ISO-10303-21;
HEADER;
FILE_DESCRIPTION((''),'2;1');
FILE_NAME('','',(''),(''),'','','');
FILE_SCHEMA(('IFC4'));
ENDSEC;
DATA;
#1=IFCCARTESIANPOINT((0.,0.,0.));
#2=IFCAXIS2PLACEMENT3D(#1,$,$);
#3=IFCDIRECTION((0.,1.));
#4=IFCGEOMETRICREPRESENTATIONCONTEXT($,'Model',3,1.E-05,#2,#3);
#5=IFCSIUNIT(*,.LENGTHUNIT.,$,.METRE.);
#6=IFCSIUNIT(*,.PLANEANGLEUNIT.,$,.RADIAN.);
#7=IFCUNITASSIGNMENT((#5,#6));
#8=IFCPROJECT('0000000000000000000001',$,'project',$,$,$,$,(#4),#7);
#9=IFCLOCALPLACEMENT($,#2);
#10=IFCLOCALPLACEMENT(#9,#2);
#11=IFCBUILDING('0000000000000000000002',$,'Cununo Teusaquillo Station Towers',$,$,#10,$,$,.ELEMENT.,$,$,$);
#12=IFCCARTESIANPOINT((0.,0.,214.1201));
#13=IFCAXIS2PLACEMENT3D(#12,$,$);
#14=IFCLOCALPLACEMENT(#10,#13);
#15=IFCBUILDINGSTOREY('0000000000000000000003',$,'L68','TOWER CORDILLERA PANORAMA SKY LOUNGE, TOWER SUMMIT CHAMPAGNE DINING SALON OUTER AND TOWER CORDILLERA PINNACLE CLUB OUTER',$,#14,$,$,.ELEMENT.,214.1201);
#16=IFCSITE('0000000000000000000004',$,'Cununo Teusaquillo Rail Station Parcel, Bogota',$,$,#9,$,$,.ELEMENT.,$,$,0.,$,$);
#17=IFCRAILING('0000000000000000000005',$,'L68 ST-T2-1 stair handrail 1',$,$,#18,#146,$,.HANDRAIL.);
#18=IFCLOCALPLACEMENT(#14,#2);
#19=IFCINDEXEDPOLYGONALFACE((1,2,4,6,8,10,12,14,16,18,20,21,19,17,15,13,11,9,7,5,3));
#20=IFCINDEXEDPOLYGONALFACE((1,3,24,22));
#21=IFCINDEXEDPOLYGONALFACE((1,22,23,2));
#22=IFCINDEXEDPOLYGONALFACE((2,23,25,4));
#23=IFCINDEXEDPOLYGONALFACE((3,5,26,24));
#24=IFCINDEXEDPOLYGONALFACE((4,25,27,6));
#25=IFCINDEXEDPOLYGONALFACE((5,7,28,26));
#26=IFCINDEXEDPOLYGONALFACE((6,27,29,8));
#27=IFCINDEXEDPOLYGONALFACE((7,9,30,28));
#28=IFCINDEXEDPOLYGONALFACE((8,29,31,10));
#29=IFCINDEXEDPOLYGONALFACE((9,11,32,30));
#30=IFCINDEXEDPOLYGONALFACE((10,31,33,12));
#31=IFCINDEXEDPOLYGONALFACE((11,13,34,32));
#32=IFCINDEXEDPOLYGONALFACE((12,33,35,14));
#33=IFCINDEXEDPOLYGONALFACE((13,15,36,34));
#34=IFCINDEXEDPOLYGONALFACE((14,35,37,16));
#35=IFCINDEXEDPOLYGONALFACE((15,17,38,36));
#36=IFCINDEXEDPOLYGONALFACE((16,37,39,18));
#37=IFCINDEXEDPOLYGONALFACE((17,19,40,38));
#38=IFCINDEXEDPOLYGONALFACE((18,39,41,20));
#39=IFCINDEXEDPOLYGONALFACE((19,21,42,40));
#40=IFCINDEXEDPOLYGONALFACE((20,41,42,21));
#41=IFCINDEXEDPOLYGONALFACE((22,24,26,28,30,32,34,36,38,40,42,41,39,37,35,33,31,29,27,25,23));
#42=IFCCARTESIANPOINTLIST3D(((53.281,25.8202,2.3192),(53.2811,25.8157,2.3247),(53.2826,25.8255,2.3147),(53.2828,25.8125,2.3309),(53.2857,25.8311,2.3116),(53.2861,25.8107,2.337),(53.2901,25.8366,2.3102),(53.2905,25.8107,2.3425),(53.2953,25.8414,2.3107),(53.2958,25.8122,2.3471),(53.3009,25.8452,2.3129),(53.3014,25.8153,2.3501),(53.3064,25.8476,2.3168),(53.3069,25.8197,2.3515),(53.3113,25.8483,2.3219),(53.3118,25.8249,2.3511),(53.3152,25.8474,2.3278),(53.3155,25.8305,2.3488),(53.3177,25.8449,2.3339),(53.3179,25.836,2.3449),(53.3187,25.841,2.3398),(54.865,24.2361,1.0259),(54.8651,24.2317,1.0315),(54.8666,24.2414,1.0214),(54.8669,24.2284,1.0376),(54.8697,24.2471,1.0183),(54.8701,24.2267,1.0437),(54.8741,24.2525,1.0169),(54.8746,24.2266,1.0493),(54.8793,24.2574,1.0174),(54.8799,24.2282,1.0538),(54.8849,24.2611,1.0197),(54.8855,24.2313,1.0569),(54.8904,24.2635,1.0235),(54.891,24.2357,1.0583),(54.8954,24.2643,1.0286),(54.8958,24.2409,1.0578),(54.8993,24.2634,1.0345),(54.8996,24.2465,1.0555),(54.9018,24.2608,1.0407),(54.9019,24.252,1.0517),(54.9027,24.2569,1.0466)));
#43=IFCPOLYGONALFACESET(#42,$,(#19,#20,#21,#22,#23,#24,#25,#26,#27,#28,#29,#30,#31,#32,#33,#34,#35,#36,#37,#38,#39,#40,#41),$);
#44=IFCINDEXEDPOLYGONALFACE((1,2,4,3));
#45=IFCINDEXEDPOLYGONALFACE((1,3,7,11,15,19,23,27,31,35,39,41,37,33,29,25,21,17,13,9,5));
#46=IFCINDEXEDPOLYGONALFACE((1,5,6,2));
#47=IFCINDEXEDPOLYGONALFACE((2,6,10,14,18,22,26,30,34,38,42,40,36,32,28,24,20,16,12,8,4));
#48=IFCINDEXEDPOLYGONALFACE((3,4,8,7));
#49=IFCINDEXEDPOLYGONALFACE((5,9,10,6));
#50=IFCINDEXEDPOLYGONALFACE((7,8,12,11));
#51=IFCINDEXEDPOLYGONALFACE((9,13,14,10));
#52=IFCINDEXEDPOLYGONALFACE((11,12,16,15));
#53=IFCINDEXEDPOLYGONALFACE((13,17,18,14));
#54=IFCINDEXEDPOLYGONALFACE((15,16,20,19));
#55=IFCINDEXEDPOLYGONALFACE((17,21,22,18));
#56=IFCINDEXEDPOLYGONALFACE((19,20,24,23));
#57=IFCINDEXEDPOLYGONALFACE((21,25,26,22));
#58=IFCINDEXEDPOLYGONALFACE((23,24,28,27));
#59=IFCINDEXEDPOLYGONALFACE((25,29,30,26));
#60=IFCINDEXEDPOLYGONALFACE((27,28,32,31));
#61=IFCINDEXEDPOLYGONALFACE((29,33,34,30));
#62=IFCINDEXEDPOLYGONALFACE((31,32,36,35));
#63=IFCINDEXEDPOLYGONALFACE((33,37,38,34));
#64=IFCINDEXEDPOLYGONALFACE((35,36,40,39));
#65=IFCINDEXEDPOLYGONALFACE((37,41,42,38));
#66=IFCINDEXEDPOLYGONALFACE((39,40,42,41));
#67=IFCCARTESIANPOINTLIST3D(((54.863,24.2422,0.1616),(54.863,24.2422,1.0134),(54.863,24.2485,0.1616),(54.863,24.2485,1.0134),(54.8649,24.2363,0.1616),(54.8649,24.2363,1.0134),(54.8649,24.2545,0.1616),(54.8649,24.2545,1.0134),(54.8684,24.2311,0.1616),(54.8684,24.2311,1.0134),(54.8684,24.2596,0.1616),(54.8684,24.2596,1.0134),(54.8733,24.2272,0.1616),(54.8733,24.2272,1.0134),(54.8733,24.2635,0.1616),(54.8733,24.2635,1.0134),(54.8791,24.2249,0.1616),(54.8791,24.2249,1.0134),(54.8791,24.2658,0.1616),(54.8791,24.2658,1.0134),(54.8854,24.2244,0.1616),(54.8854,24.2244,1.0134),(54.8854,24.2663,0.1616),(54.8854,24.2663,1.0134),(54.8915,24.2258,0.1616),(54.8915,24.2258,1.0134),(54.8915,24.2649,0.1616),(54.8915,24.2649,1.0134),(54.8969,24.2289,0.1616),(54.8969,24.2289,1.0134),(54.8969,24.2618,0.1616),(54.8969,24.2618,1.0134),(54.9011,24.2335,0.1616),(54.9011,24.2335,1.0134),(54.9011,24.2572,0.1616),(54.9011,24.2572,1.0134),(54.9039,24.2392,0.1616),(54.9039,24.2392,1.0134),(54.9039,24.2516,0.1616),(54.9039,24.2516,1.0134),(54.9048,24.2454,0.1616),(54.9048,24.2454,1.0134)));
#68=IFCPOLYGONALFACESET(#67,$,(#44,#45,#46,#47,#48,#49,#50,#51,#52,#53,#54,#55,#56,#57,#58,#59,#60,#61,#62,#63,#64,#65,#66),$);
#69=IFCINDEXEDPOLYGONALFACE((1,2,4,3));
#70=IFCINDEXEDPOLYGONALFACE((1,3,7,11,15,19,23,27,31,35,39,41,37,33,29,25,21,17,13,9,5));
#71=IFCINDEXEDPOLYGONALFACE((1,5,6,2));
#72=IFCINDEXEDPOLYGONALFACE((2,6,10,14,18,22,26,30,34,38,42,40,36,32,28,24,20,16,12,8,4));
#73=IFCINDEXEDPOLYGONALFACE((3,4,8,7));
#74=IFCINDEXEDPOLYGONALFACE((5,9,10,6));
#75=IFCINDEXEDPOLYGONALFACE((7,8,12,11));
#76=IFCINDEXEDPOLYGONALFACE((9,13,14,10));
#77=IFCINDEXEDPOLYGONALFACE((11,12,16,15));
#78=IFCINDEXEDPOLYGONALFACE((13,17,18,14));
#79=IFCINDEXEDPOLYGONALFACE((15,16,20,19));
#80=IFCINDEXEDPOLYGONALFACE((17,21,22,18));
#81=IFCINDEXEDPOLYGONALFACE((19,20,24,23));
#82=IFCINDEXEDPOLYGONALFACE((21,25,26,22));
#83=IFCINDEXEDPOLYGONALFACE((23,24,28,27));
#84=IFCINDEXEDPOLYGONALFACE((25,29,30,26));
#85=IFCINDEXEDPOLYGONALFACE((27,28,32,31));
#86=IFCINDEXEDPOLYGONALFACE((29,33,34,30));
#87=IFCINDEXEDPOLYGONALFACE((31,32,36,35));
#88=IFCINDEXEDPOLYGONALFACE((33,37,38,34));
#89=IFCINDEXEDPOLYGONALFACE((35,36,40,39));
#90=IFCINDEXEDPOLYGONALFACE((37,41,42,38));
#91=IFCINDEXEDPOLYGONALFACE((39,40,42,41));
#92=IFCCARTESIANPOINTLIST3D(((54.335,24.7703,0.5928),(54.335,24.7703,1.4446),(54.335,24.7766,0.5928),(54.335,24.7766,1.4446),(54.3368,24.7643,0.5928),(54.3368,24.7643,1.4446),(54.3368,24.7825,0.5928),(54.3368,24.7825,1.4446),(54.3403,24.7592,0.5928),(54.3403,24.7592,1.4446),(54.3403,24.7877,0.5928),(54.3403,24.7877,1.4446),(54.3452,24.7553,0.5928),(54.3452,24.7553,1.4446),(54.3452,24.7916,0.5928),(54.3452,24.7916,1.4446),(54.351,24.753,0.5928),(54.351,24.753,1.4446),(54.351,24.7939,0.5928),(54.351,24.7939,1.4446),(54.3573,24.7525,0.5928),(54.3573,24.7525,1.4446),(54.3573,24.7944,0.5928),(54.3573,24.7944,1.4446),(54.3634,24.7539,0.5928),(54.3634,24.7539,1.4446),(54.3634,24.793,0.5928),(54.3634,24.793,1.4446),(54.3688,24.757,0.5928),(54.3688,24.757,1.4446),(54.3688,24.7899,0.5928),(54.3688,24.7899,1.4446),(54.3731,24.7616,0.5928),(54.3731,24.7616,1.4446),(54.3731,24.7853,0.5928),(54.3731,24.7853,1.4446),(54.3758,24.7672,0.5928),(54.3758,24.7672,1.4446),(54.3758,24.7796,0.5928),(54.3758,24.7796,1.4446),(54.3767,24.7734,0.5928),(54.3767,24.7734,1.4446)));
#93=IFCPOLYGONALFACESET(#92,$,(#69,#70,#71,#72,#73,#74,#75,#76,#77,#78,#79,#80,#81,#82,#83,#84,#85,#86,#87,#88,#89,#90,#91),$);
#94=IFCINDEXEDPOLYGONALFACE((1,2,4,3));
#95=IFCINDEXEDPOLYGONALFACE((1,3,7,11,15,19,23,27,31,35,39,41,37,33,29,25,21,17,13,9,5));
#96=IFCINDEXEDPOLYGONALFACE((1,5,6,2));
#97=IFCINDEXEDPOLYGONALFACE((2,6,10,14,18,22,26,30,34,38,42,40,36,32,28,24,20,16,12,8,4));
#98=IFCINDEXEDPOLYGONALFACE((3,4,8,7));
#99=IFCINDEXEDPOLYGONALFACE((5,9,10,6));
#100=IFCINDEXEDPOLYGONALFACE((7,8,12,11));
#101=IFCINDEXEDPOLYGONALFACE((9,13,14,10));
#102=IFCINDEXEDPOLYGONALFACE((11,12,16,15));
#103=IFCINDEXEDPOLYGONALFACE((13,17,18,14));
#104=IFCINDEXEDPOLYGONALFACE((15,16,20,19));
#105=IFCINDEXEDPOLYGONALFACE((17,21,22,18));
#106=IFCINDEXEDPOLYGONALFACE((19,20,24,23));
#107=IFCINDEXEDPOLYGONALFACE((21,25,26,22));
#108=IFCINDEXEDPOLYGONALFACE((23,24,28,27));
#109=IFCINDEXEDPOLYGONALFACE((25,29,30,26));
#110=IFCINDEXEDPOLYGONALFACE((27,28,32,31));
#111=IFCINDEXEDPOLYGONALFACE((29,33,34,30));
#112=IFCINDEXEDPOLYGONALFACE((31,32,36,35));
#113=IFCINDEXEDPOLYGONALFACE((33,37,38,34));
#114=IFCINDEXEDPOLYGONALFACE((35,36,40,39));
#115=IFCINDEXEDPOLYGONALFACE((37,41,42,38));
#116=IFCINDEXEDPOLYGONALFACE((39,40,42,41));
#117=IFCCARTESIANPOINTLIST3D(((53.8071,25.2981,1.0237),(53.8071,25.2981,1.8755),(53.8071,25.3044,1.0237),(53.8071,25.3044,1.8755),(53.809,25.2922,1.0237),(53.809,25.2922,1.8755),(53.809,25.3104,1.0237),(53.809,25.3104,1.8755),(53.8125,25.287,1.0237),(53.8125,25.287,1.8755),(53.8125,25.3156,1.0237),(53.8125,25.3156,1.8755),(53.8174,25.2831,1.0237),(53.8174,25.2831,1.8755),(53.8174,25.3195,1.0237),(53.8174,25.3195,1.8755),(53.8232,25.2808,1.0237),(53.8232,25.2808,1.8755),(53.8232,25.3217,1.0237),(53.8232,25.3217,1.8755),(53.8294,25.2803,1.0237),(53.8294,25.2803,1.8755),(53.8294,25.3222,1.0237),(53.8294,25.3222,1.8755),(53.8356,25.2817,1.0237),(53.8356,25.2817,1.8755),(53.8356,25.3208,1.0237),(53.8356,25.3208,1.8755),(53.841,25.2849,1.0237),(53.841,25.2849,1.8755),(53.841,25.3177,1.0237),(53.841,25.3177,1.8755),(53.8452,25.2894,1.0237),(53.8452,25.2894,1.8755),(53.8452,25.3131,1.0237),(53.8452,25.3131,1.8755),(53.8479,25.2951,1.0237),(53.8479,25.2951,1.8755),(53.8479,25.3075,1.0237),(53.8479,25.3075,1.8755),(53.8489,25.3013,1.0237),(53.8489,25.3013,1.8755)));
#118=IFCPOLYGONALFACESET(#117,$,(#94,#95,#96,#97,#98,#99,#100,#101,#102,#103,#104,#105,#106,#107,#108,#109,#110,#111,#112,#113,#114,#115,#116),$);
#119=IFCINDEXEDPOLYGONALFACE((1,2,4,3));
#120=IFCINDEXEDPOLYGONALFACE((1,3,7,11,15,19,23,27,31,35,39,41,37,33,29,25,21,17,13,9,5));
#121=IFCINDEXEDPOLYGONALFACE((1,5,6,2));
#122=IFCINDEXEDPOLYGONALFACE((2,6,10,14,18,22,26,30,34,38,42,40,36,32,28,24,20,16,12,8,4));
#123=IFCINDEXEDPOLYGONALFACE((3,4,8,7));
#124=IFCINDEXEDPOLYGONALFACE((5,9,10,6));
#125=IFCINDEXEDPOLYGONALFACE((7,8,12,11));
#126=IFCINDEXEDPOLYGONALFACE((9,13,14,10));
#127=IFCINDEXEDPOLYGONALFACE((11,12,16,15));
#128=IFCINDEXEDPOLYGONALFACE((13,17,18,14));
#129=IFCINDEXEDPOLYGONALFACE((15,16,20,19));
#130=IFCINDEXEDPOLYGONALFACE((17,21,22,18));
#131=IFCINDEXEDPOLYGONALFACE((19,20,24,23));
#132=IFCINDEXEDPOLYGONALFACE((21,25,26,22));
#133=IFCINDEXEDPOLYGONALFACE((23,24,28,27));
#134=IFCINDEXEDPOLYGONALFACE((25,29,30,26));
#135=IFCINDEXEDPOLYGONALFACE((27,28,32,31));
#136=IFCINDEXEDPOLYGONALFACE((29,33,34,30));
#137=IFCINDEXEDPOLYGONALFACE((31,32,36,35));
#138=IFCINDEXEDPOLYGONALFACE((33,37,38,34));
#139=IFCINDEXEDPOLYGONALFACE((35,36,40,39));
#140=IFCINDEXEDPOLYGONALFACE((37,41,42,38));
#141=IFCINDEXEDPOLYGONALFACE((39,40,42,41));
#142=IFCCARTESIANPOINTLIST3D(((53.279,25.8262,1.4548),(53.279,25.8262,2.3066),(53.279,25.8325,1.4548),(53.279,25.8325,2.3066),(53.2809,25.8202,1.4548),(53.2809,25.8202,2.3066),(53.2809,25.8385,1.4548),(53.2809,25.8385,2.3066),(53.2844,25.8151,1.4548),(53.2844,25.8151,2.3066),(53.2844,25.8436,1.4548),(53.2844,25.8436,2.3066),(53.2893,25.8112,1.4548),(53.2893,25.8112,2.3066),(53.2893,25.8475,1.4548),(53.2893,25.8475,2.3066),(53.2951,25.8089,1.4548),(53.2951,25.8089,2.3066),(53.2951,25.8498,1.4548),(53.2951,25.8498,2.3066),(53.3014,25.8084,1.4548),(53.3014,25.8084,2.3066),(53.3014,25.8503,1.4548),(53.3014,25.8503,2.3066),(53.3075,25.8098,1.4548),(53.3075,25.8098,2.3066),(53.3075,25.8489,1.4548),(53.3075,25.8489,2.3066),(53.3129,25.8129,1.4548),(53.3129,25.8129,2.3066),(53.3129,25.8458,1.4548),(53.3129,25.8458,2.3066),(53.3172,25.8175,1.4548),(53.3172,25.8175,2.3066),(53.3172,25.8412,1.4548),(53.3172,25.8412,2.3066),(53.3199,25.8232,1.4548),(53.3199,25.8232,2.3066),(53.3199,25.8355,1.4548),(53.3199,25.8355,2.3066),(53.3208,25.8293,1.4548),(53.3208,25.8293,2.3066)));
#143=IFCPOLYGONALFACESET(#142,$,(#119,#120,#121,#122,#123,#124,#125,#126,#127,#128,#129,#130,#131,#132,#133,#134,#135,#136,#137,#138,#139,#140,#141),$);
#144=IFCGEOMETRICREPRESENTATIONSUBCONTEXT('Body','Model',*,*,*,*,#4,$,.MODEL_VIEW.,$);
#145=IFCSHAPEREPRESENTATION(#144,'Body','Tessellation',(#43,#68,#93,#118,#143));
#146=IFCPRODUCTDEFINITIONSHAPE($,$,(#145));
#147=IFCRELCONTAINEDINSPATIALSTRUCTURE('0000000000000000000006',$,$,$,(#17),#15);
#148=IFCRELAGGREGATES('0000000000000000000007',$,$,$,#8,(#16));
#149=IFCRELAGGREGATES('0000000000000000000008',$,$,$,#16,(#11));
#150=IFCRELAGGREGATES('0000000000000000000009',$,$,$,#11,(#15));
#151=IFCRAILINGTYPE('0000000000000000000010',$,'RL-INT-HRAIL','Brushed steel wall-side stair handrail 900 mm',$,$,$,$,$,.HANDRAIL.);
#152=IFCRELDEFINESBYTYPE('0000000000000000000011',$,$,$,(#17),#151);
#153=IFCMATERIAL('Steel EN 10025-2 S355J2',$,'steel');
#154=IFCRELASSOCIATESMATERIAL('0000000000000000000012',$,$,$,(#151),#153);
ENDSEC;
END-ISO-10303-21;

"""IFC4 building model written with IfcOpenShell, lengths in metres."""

from ifc_helpers import new_model, si_unit, direction, frame, origin, origin_2d, place, context, subcontext, project, spatial, circle, extrude, material, type_object, element, save


model = new_model("IFC4")

# Units and contexts
model_context = context("Model", 3, precision=1e-05, world=origin(), true_north=direction((0.0, 1.0)))
body_context = subcontext(model_context, "Body", "Model", "MODEL_VIEW")
ifc_project = project(units=[si_unit("LENGTHUNIT", "METRE"), si_unit("PLANEANGLEUNIT", "RADIAN")], contexts=[model_context])

# Site, building, storey
site_placement = place(None, origin())
site = spatial("IfcSite", under=ifc_project, at=site_placement, Name="Cununo Teusaquillo Rail Station Parcel, Bogota", CompositionType="ELEMENT", RefElevation=0.0)
building_placement = place(site_placement, origin())
building = spatial("IfcBuilding", under=site, at=building_placement, Name="Cununo Teusaquillo Station Towers", CompositionType="ELEMENT")
storey_placement = place(building_placement, frame((0.0, 0.0, 214.1201)))
storey = spatial("IfcBuildingStorey", under=building, at=storey_placement, Name="L68", Description="TOWER CORDILLERA PANORAMA SKY LOUNGE, TOWER SUMMIT CHAMPAGNE DINING SALON OUTER AND TOWER CORDILLERA PINNACLE CLUB OUTER", CompositionType="ELEMENT", Elevation=214.1201)

# Railing
ifc_material_1 = material(Name="Steel EN 10025-2 S355J2", Category="steel")
railing_type_1 = type_object("IfcRailingType", Name="RL-INT-HRAIL", Description="Brushed steel wall-side stair handrail 900 mm", PredefinedType="HANDRAIL", material=ifc_material_1)
railing_1_placement = place(storey_placement, frame((54.8838, 24.2454, 0.1616)))
element("IfcRailing", 1, at=railing_1_placement, inside=storey, type_object=railing_type_1, Name="L68 ST-T2-1 stair handrail 1", PredefinedType="HANDRAIL", context=body_context, shape_type="SweptSolid", body=[
    extrude(circle(Radius=0.0239, at=origin_2d()), frame((0.0, 0.0, 0.876), z_axis=(-0.612385, 0.612385, 0.49997), x_axis=(-0.707107, -0.707107, 0.0)), (0.0, 0.0, 1.0), 2.5867),
    extrude(circle(Radius=0.021, at=origin_2d()), origin(), (0.0, 0.0, 1.0), 0.8518),
    extrude(circle(Radius=0.021, at=origin_2d()), frame((-0.5281, 0.5281, 0.4312)), (0.0, 0.0, 1.0), 0.8518),
    extrude(circle(Radius=0.021, at=origin_2d()), frame((-1.0559, 1.0559, 0.8621)), (0.0, 0.0, 1.0), 0.8518),
    extrude(circle(Radius=0.021, at=origin_2d()), frame((-1.584, 1.584, 1.2932)), (0.0, 0.0, 1.0), 0.8518),
])

save(model, "model.ifc")
